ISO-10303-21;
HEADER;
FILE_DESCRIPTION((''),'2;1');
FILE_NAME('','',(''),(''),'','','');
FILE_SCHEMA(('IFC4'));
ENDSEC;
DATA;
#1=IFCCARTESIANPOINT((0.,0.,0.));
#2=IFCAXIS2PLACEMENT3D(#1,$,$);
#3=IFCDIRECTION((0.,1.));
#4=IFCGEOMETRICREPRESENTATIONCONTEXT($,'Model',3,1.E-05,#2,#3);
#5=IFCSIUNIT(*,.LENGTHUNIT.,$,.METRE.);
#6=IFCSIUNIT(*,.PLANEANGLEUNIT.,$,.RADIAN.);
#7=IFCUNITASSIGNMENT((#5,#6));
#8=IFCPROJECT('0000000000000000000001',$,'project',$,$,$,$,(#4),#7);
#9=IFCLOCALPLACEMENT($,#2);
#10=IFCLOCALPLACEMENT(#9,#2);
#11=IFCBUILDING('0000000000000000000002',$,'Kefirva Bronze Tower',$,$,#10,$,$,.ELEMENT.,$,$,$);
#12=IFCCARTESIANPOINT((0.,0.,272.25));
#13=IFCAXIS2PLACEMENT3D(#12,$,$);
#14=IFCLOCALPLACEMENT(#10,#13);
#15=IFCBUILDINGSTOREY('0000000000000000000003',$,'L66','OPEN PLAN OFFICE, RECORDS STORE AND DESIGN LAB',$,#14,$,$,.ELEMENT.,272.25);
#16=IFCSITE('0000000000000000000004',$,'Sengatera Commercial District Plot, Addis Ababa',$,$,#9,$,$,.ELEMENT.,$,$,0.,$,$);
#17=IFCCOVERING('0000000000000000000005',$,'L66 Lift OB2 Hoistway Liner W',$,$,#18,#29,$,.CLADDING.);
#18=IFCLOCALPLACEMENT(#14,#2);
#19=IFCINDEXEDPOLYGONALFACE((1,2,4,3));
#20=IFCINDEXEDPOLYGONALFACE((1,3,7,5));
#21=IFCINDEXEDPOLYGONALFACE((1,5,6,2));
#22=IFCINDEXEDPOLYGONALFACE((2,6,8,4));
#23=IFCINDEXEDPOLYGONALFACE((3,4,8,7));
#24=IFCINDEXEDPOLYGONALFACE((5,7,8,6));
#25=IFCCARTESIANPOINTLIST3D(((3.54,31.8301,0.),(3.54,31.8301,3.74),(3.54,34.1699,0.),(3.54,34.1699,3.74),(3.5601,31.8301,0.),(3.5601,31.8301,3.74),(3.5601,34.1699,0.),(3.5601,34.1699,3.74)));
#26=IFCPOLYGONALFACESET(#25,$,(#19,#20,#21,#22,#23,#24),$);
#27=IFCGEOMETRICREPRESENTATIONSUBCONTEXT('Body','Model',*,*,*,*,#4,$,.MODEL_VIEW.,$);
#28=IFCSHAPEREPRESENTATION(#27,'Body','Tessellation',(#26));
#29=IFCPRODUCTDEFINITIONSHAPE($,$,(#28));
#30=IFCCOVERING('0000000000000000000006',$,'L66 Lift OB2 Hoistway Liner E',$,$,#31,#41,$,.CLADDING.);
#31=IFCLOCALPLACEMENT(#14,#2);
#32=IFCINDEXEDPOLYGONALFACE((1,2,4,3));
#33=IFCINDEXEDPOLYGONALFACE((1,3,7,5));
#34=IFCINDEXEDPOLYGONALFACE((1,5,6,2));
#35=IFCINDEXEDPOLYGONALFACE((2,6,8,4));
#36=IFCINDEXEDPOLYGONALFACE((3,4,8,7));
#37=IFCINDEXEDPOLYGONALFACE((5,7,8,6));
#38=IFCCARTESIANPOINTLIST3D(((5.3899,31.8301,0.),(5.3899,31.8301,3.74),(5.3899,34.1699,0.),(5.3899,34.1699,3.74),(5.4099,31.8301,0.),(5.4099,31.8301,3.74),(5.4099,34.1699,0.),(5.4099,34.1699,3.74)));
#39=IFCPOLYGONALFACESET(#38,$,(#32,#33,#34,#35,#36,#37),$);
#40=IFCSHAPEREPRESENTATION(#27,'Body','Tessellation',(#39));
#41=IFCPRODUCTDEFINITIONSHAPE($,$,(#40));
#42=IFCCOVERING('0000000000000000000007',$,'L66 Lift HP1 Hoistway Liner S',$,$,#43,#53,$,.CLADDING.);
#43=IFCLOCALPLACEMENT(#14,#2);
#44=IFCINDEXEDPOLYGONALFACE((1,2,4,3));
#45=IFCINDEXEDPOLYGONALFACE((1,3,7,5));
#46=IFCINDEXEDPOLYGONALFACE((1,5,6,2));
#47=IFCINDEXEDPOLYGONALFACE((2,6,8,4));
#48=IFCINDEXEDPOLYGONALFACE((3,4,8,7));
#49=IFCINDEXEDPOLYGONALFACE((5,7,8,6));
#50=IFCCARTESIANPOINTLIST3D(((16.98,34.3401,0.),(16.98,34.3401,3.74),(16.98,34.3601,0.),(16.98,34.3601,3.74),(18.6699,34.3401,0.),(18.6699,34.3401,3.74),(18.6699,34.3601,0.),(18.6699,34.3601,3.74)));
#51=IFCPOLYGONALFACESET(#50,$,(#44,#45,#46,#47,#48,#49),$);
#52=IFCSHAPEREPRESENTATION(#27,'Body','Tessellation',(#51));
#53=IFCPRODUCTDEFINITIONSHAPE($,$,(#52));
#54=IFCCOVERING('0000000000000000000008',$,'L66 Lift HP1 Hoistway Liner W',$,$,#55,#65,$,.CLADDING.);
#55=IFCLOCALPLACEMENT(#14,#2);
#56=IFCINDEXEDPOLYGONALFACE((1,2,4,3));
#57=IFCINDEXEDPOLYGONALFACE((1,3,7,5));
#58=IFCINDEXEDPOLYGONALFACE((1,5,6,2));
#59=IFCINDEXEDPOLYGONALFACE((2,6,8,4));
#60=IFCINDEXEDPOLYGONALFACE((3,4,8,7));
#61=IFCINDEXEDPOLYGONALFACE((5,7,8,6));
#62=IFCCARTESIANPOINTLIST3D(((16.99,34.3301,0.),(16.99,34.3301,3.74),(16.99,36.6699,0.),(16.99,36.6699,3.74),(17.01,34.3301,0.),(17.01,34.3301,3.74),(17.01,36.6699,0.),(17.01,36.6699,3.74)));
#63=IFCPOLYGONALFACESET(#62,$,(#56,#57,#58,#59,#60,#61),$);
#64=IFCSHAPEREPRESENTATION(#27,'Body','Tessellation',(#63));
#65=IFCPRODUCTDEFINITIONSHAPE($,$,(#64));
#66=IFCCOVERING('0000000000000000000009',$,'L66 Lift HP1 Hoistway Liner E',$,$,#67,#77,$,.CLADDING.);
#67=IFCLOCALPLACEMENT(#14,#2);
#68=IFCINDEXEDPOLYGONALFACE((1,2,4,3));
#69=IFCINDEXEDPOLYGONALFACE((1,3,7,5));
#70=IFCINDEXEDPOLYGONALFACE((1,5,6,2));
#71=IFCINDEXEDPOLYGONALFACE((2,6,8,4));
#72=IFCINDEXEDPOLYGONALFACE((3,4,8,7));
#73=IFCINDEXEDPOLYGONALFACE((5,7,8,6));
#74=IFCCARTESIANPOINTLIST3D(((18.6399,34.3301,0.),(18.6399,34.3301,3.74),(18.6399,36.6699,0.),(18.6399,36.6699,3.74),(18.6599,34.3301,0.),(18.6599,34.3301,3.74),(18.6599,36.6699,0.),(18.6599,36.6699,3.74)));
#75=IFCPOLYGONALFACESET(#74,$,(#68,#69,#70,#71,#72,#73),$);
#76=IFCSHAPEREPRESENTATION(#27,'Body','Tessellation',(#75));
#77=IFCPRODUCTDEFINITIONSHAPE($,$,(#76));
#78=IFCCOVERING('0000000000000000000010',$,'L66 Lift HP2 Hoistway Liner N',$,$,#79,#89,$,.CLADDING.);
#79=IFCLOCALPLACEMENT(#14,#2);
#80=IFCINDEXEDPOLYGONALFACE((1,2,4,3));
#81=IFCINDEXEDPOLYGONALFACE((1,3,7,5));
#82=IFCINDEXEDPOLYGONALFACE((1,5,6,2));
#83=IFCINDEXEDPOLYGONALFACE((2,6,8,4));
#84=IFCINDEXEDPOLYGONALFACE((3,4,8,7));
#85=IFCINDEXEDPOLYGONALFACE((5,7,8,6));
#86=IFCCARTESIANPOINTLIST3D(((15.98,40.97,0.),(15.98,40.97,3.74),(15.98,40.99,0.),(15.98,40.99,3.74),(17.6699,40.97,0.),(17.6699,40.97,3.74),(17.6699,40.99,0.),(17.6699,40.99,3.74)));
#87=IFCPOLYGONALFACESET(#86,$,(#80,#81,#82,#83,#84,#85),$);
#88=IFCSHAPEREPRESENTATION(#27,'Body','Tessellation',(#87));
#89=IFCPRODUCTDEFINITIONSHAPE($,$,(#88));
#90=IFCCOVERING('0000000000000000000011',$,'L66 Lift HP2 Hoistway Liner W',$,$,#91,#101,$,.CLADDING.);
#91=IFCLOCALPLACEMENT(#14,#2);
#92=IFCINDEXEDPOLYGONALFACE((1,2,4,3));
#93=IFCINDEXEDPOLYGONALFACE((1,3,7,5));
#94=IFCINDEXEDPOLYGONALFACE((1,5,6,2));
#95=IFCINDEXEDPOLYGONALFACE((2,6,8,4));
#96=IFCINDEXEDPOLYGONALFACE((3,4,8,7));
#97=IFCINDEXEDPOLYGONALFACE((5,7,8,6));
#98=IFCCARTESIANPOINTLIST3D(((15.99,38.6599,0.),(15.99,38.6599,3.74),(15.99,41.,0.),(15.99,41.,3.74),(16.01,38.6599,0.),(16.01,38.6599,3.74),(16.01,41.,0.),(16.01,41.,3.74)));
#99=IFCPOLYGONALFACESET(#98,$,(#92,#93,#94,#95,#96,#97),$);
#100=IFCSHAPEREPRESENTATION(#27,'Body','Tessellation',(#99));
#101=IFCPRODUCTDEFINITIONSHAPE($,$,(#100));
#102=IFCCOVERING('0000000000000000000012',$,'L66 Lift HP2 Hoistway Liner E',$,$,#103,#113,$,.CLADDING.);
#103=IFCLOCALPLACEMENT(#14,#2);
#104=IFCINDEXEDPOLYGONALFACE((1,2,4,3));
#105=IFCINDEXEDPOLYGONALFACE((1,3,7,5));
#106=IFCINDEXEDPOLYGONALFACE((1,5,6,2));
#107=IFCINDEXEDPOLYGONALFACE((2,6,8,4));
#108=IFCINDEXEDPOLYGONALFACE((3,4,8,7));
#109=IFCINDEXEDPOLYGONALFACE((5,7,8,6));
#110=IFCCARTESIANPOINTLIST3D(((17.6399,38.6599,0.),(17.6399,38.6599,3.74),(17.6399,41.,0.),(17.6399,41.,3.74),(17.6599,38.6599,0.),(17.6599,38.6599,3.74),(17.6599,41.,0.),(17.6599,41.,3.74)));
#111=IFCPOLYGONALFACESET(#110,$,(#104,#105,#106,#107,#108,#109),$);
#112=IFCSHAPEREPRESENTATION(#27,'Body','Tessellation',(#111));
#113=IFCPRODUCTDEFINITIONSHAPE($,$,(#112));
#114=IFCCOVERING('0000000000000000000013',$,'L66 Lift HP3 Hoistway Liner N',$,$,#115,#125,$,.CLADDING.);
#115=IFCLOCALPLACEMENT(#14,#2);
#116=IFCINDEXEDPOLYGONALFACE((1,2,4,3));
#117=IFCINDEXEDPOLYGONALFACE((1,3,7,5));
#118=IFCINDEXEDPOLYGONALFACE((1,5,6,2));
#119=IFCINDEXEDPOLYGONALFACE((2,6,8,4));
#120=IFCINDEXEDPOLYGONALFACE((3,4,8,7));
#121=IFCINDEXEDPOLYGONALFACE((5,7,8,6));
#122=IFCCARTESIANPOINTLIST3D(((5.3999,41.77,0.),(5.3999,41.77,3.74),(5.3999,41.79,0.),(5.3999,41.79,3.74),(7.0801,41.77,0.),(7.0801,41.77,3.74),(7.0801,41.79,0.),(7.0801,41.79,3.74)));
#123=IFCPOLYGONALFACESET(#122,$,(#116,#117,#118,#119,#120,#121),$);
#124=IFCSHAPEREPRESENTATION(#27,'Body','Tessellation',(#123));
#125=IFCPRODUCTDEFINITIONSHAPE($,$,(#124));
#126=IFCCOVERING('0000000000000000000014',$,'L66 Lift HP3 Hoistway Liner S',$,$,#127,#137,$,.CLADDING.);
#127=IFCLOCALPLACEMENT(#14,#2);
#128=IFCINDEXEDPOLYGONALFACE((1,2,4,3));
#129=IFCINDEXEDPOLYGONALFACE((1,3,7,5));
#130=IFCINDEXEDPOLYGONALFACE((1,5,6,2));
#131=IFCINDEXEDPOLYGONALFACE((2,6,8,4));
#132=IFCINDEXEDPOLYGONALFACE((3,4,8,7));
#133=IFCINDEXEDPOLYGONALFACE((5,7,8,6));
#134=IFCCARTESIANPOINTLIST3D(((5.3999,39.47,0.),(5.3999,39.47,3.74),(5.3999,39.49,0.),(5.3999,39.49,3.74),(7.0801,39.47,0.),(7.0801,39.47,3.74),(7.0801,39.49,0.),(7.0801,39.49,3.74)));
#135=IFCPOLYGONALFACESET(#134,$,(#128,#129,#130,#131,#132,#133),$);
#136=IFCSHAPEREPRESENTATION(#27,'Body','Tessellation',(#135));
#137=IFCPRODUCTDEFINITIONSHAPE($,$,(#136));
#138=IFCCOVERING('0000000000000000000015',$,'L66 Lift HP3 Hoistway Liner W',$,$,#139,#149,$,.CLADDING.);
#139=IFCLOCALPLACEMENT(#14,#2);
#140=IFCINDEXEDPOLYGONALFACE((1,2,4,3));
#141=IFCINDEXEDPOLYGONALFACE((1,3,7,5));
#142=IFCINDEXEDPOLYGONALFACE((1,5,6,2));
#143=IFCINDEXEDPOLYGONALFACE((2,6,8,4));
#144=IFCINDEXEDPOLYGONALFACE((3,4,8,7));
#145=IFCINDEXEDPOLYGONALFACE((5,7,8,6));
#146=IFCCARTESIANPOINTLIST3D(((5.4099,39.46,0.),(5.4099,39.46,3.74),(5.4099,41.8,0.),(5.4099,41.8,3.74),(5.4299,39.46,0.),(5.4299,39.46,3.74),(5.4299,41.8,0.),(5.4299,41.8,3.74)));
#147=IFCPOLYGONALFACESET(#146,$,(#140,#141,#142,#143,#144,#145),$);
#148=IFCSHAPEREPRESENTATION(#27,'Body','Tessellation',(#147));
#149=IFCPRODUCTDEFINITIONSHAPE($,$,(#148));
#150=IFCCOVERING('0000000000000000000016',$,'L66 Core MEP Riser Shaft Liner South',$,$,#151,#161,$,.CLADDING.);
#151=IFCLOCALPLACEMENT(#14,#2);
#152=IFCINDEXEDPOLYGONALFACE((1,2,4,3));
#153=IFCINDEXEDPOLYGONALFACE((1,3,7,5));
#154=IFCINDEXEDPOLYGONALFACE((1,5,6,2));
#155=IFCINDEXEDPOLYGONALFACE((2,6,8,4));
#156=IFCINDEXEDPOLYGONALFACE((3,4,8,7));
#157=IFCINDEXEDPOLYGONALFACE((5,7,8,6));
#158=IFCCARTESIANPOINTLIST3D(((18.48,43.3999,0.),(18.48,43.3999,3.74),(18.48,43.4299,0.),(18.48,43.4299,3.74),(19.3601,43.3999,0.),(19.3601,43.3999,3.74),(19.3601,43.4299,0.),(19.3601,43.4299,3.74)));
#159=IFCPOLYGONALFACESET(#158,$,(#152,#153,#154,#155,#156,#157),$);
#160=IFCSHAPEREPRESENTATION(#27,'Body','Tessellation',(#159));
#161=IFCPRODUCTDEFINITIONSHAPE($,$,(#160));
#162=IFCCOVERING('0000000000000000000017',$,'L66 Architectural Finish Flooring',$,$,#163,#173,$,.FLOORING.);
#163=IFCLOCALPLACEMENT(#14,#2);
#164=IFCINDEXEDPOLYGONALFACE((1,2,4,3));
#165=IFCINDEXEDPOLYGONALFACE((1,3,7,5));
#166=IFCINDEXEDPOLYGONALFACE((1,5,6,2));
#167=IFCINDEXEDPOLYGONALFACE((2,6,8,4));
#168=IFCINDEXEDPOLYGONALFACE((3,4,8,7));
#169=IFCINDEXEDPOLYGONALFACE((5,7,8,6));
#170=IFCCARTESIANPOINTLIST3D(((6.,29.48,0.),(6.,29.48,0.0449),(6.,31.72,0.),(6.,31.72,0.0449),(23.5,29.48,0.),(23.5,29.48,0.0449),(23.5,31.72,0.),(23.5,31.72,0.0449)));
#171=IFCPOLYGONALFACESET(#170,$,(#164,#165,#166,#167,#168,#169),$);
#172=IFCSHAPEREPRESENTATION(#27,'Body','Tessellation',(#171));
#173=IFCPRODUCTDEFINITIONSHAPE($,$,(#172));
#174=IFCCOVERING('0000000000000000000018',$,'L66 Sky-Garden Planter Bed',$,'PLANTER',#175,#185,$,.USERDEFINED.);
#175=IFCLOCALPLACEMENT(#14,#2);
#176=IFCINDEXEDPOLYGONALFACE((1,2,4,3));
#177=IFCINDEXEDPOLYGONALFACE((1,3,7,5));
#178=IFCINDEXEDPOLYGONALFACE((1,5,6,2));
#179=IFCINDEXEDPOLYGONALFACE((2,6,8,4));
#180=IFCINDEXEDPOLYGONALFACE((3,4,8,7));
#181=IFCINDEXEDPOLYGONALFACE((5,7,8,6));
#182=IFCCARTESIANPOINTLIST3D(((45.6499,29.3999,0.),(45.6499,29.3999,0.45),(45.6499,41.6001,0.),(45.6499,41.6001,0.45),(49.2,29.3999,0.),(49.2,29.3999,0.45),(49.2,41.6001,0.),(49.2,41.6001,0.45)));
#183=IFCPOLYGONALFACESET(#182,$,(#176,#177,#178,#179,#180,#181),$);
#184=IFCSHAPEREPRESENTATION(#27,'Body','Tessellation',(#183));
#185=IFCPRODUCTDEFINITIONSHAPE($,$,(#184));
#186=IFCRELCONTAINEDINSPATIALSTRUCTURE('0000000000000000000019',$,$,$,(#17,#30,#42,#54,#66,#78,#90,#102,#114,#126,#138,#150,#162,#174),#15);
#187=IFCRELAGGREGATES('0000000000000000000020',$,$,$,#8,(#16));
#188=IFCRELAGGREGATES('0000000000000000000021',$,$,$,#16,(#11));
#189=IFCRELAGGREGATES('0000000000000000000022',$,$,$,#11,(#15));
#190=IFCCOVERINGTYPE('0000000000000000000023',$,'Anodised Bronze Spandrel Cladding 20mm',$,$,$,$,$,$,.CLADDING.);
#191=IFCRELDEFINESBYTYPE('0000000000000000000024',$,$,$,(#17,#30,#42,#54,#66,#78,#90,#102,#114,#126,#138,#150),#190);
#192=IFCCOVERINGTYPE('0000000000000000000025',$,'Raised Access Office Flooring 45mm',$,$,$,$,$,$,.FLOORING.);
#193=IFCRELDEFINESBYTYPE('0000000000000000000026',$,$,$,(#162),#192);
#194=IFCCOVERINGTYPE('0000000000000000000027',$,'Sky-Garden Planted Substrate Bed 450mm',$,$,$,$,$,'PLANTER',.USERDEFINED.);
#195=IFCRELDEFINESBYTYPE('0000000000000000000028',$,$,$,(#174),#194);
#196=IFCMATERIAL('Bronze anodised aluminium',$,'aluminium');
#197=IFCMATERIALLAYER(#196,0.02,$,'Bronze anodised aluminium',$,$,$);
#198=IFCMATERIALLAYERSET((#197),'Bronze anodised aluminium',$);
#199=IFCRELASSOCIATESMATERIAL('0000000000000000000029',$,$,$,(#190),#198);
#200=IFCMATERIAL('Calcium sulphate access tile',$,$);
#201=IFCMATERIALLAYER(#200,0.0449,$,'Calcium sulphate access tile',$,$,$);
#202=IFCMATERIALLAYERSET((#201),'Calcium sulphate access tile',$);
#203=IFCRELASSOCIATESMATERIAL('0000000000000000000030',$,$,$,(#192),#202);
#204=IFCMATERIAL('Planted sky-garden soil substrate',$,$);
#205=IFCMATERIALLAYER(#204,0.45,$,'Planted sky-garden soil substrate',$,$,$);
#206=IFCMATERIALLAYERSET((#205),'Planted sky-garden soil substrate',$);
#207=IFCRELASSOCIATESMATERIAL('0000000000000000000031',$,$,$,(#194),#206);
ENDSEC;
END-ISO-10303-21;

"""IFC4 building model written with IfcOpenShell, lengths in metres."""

from ifc_helpers import new_model, si_unit, direction, frame, origin, place, context, subcontext, project, spatial, polyline, outline, extrude, material, layer, layer_set, type_object, element, save


model = new_model("IFC4")

# Units and contexts
model_context = context("Model", 3, precision=1e-05, world=origin(), true_north=direction((0.0, 1.0)))
body_context = subcontext(model_context, "Body", "Model", "MODEL_VIEW")
ifc_project = project(units=[si_unit("LENGTHUNIT", "METRE"), si_unit("PLANEANGLEUNIT", "RADIAN")], contexts=[model_context])

# Site, building, storey
site_placement = place(None, origin())
site = spatial("IfcSite", under=ifc_project, at=site_placement, Name="Sengatera Commercial District Plot, Addis Ababa", CompositionType="ELEMENT", RefElevation=0.0)
building_placement = place(site_placement, origin())
building = spatial("IfcBuilding", under=site, at=building_placement, Name="Kefirva Bronze Tower", CompositionType="ELEMENT")
storey_placement = place(building_placement, frame((0.0, 0.0, 272.25)))
storey = spatial("IfcBuildingStorey", under=building, at=storey_placement, Name="L66", Description="OPEN PLAN OFFICE, RECORDS STORE AND DESIGN LAB", CompositionType="ELEMENT", Elevation=272.25)

# Shared definitions
ifc_material_1 = material(Name="Bronze anodised aluminium", Category="aluminium")

# Coverings
ifc_layer_1 = layer(ifc_material_1, 0.02, Name="Bronze anodised aluminium")
ifc_layer_set_1 = layer_set([ifc_layer_1], Name="Bronze anodised aluminium")
covering_type_1 = type_object("IfcCoveringType", Name="Anodised Bronze Spandrel Cladding 20mm", PredefinedType="CLADDING", material=ifc_layer_set_1)
covering_1_placement = place(storey_placement, origin())
element("IfcCovering", 1, at=covering_1_placement, inside=storey, type_object=covering_type_1, Name="L66 Lift OB2 Hoistway Liner W", PredefinedType="CLADDING", context=body_context, shape_type="SweptSolid", body=[
    extrude(outline(polyline([(3.54, 31.8301), (3.5601, 31.8301), (3.5601, 34.1699), (3.54, 34.1699), (3.54, 31.8301)])), origin(), (0.0, 0.0, 1.0), 3.74),
])
covering_2_placement = place(storey_placement, origin())
element("IfcCovering", 2, at=covering_2_placement, inside=storey, type_object=covering_type_1, Name="L66 Lift OB2 Hoistway Liner E", PredefinedType="CLADDING", context=body_context, shape_type="SweptSolid", body=[
    extrude(outline(polyline([(5.3899, 31.8301), (5.4099, 31.8301), (5.4099, 34.1699), (5.3899, 34.1699), (5.3899, 31.8301)])), origin(), (0.0, 0.0, 1.0), 3.74),
])
covering_3_placement = place(storey_placement, origin())
element("IfcCovering", 3, at=covering_3_placement, inside=storey, type_object=covering_type_1, Name="L66 Lift HP1 Hoistway Liner S", PredefinedType="CLADDING", context=body_context, shape_type="SweptSolid", body=[
    extrude(outline(polyline([(16.98, 34.3401), (18.6699, 34.3401), (18.6699, 34.3601), (16.98, 34.3601), (16.98, 34.3401)])), origin(), (0.0, 0.0, 1.0), 3.74),
])
covering_4_placement = place(storey_placement, origin())
element("IfcCovering", 4, at=covering_4_placement, inside=storey, type_object=covering_type_1, Name="L66 Lift HP1 Hoistway Liner W", PredefinedType="CLADDING", context=body_context, shape_type="SweptSolid", body=[
    extrude(outline(polyline([(16.99, 34.3301), (17.01, 34.3301), (17.01, 36.6699), (16.99, 36.6699), (16.99, 34.3301)])), origin(), (0.0, 0.0, 1.0), 3.74),
])
covering_5_placement = place(storey_placement, origin())
element("IfcCovering", 5, at=covering_5_placement, inside=storey, type_object=covering_type_1, Name="L66 Lift HP1 Hoistway Liner E", PredefinedType="CLADDING", context=body_context, shape_type="SweptSolid", body=[
    extrude(outline(polyline([(18.6399, 34.3301), (18.6599, 34.3301), (18.6599, 36.6699), (18.6399, 36.6699), (18.6399, 34.3301)])), origin(), (0.0, 0.0, 1.0), 3.74),
])
covering_6_placement = place(storey_placement, origin())
element("IfcCovering", 6, at=covering_6_placement, inside=storey, type_object=covering_type_1, Name="L66 Lift HP2 Hoistway Liner N", PredefinedType="CLADDING", context=body_context, shape_type="SweptSolid", body=[
    extrude(outline(polyline([(15.98, 40.97), (17.6699, 40.97), (17.6699, 40.99), (15.98, 40.99), (15.98, 40.97)])), origin(), (0.0, 0.0, 1.0), 3.74),
])
covering_7_placement = place(storey_placement, origin())
element("IfcCovering", 7, at=covering_7_placement, inside=storey, type_object=covering_type_1, Name="L66 Lift HP2 Hoistway Liner W", PredefinedType="CLADDING", context=body_context, shape_type="SweptSolid", body=[
    extrude(outline(polyline([(15.99, 38.6599), (16.01, 38.6599), (16.01, 41.0), (15.99, 41.0), (15.99, 38.6599)])), origin(), (0.0, 0.0, 1.0), 3.74),
])
covering_8_placement = place(storey_placement, origin())
element("IfcCovering", 8, at=covering_8_placement, inside=storey, type_object=covering_type_1, Name="L66 Lift HP2 Hoistway Liner E", PredefinedType="CLADDING", context=body_context, shape_type="SweptSolid", body=[
    extrude(outline(polyline([(17.6399, 38.6599), (17.6599, 38.6599), (17.6599, 41.0), (17.6399, 41.0), (17.6399, 38.6599)])), origin(), (0.0, 0.0, 1.0), 3.74),
])
covering_9_placement = place(storey_placement, origin())
element("IfcCovering", 9, at=covering_9_placement, inside=storey, type_object=covering_type_1, Name="L66 Lift HP3 Hoistway Liner N", PredefinedType="CLADDING", context=body_context, shape_type="SweptSolid", body=[
    extrude(outline(polyline([(5.3999, 41.77), (7.0801, 41.77), (7.0801, 41.79), (5.3999, 41.79), (5.3999, 41.77)])), origin(), (0.0, 0.0, 1.0), 3.74),
])
covering_10_placement = place(storey_placement, origin())
element("IfcCovering", 10, at=covering_10_placement, inside=storey, type_object=covering_type_1, Name="L66 Lift HP3 Hoistway Liner S", PredefinedType="CLADDING", context=body_context, shape_type="SweptSolid", body=[
    extrude(outline(polyline([(5.3999, 39.47), (7.0801, 39.47), (7.0801, 39.49), (5.3999, 39.49), (5.3999, 39.47)])), origin(), (0.0, 0.0, 1.0), 3.74),
])
covering_11_placement = place(storey_placement, origin())
element("IfcCovering", 11, at=covering_11_placement, inside=storey, type_object=covering_type_1, Name="L66 Lift HP3 Hoistway Liner W", PredefinedType="CLADDING", context=body_context, shape_type="SweptSolid", body=[
    extrude(outline(polyline([(5.4099, 39.46), (5.4299, 39.46), (5.4299, 41.8), (5.4099, 41.8), (5.4099, 39.46)])), origin(), (0.0, 0.0, 1.0), 3.74),
])
covering_12_placement = place(storey_placement, origin())
element("IfcCovering", 12, at=covering_12_placement, inside=storey, type_object=covering_type_1, Name="L66 Core MEP Riser Shaft Liner South", PredefinedType="CLADDING", context=body_context, shape_type="SweptSolid", body=[
    extrude(outline(polyline([(18.48, 43.3999), (19.3601, 43.3999), (19.3601, 43.4299), (18.48, 43.4299), (18.48, 43.3999)])), origin(), (0.0, 0.0, 1.0), 3.74),
])
ifc_material_2 = material(Name="Calcium sulphate access tile")
ifc_layer_2 = layer(ifc_material_2, 0.0449, Name="Calcium sulphate access tile")
ifc_layer_set_2 = layer_set([ifc_layer_2], Name="Calcium sulphate access tile")
covering_type_2 = type_object("IfcCoveringType", Name="Raised Access Office Flooring 45mm", PredefinedType="FLOORING", material=ifc_layer_set_2)
covering_13_placement = place(storey_placement, origin())
element("IfcCovering", 13, at=covering_13_placement, inside=storey, type_object=covering_type_2, Name="L66 Architectural Finish Flooring", PredefinedType="FLOORING", context=body_context, shape_type="SweptSolid", body=[
    extrude(outline(polyline([(6.0, 29.48), (23.5, 29.48), (23.5, 31.72), (6.0, 31.72), (6.0, 29.48)])), origin(), (0.0, 0.0, 1.0), 0.0449),
])
ifc_material_3 = material(Name="Planted sky-garden soil substrate")
ifc_layer_3 = layer(ifc_material_3, 0.45, Name="Planted sky-garden soil substrate")
ifc_layer_set_3 = layer_set([ifc_layer_3], Name="Planted sky-garden soil substrate")
covering_type_3 = type_object("IfcCoveringType", Name="Sky-Garden Planted Substrate Bed 450mm", ElementType="PLANTER", PredefinedType="USERDEFINED", material=ifc_layer_set_3)
covering_14_placement = place(storey_placement, origin())
element("IfcCovering", 14, at=covering_14_placement, inside=storey, type_object=covering_type_3, Name="L66 Sky-Garden Planter Bed", ObjectType="PLANTER", PredefinedType="USERDEFINED", context=body_context, shape_type="SweptSolid", body=[
    extrude(outline(polyline([(45.6499, 29.3999), (49.2, 29.3999), (49.2, 41.6001), (45.6499, 41.6001), (45.6499, 29.3999)])), origin(), (0.0, 0.0, 1.0), 0.45),
])

save(model, "model.ifc")
